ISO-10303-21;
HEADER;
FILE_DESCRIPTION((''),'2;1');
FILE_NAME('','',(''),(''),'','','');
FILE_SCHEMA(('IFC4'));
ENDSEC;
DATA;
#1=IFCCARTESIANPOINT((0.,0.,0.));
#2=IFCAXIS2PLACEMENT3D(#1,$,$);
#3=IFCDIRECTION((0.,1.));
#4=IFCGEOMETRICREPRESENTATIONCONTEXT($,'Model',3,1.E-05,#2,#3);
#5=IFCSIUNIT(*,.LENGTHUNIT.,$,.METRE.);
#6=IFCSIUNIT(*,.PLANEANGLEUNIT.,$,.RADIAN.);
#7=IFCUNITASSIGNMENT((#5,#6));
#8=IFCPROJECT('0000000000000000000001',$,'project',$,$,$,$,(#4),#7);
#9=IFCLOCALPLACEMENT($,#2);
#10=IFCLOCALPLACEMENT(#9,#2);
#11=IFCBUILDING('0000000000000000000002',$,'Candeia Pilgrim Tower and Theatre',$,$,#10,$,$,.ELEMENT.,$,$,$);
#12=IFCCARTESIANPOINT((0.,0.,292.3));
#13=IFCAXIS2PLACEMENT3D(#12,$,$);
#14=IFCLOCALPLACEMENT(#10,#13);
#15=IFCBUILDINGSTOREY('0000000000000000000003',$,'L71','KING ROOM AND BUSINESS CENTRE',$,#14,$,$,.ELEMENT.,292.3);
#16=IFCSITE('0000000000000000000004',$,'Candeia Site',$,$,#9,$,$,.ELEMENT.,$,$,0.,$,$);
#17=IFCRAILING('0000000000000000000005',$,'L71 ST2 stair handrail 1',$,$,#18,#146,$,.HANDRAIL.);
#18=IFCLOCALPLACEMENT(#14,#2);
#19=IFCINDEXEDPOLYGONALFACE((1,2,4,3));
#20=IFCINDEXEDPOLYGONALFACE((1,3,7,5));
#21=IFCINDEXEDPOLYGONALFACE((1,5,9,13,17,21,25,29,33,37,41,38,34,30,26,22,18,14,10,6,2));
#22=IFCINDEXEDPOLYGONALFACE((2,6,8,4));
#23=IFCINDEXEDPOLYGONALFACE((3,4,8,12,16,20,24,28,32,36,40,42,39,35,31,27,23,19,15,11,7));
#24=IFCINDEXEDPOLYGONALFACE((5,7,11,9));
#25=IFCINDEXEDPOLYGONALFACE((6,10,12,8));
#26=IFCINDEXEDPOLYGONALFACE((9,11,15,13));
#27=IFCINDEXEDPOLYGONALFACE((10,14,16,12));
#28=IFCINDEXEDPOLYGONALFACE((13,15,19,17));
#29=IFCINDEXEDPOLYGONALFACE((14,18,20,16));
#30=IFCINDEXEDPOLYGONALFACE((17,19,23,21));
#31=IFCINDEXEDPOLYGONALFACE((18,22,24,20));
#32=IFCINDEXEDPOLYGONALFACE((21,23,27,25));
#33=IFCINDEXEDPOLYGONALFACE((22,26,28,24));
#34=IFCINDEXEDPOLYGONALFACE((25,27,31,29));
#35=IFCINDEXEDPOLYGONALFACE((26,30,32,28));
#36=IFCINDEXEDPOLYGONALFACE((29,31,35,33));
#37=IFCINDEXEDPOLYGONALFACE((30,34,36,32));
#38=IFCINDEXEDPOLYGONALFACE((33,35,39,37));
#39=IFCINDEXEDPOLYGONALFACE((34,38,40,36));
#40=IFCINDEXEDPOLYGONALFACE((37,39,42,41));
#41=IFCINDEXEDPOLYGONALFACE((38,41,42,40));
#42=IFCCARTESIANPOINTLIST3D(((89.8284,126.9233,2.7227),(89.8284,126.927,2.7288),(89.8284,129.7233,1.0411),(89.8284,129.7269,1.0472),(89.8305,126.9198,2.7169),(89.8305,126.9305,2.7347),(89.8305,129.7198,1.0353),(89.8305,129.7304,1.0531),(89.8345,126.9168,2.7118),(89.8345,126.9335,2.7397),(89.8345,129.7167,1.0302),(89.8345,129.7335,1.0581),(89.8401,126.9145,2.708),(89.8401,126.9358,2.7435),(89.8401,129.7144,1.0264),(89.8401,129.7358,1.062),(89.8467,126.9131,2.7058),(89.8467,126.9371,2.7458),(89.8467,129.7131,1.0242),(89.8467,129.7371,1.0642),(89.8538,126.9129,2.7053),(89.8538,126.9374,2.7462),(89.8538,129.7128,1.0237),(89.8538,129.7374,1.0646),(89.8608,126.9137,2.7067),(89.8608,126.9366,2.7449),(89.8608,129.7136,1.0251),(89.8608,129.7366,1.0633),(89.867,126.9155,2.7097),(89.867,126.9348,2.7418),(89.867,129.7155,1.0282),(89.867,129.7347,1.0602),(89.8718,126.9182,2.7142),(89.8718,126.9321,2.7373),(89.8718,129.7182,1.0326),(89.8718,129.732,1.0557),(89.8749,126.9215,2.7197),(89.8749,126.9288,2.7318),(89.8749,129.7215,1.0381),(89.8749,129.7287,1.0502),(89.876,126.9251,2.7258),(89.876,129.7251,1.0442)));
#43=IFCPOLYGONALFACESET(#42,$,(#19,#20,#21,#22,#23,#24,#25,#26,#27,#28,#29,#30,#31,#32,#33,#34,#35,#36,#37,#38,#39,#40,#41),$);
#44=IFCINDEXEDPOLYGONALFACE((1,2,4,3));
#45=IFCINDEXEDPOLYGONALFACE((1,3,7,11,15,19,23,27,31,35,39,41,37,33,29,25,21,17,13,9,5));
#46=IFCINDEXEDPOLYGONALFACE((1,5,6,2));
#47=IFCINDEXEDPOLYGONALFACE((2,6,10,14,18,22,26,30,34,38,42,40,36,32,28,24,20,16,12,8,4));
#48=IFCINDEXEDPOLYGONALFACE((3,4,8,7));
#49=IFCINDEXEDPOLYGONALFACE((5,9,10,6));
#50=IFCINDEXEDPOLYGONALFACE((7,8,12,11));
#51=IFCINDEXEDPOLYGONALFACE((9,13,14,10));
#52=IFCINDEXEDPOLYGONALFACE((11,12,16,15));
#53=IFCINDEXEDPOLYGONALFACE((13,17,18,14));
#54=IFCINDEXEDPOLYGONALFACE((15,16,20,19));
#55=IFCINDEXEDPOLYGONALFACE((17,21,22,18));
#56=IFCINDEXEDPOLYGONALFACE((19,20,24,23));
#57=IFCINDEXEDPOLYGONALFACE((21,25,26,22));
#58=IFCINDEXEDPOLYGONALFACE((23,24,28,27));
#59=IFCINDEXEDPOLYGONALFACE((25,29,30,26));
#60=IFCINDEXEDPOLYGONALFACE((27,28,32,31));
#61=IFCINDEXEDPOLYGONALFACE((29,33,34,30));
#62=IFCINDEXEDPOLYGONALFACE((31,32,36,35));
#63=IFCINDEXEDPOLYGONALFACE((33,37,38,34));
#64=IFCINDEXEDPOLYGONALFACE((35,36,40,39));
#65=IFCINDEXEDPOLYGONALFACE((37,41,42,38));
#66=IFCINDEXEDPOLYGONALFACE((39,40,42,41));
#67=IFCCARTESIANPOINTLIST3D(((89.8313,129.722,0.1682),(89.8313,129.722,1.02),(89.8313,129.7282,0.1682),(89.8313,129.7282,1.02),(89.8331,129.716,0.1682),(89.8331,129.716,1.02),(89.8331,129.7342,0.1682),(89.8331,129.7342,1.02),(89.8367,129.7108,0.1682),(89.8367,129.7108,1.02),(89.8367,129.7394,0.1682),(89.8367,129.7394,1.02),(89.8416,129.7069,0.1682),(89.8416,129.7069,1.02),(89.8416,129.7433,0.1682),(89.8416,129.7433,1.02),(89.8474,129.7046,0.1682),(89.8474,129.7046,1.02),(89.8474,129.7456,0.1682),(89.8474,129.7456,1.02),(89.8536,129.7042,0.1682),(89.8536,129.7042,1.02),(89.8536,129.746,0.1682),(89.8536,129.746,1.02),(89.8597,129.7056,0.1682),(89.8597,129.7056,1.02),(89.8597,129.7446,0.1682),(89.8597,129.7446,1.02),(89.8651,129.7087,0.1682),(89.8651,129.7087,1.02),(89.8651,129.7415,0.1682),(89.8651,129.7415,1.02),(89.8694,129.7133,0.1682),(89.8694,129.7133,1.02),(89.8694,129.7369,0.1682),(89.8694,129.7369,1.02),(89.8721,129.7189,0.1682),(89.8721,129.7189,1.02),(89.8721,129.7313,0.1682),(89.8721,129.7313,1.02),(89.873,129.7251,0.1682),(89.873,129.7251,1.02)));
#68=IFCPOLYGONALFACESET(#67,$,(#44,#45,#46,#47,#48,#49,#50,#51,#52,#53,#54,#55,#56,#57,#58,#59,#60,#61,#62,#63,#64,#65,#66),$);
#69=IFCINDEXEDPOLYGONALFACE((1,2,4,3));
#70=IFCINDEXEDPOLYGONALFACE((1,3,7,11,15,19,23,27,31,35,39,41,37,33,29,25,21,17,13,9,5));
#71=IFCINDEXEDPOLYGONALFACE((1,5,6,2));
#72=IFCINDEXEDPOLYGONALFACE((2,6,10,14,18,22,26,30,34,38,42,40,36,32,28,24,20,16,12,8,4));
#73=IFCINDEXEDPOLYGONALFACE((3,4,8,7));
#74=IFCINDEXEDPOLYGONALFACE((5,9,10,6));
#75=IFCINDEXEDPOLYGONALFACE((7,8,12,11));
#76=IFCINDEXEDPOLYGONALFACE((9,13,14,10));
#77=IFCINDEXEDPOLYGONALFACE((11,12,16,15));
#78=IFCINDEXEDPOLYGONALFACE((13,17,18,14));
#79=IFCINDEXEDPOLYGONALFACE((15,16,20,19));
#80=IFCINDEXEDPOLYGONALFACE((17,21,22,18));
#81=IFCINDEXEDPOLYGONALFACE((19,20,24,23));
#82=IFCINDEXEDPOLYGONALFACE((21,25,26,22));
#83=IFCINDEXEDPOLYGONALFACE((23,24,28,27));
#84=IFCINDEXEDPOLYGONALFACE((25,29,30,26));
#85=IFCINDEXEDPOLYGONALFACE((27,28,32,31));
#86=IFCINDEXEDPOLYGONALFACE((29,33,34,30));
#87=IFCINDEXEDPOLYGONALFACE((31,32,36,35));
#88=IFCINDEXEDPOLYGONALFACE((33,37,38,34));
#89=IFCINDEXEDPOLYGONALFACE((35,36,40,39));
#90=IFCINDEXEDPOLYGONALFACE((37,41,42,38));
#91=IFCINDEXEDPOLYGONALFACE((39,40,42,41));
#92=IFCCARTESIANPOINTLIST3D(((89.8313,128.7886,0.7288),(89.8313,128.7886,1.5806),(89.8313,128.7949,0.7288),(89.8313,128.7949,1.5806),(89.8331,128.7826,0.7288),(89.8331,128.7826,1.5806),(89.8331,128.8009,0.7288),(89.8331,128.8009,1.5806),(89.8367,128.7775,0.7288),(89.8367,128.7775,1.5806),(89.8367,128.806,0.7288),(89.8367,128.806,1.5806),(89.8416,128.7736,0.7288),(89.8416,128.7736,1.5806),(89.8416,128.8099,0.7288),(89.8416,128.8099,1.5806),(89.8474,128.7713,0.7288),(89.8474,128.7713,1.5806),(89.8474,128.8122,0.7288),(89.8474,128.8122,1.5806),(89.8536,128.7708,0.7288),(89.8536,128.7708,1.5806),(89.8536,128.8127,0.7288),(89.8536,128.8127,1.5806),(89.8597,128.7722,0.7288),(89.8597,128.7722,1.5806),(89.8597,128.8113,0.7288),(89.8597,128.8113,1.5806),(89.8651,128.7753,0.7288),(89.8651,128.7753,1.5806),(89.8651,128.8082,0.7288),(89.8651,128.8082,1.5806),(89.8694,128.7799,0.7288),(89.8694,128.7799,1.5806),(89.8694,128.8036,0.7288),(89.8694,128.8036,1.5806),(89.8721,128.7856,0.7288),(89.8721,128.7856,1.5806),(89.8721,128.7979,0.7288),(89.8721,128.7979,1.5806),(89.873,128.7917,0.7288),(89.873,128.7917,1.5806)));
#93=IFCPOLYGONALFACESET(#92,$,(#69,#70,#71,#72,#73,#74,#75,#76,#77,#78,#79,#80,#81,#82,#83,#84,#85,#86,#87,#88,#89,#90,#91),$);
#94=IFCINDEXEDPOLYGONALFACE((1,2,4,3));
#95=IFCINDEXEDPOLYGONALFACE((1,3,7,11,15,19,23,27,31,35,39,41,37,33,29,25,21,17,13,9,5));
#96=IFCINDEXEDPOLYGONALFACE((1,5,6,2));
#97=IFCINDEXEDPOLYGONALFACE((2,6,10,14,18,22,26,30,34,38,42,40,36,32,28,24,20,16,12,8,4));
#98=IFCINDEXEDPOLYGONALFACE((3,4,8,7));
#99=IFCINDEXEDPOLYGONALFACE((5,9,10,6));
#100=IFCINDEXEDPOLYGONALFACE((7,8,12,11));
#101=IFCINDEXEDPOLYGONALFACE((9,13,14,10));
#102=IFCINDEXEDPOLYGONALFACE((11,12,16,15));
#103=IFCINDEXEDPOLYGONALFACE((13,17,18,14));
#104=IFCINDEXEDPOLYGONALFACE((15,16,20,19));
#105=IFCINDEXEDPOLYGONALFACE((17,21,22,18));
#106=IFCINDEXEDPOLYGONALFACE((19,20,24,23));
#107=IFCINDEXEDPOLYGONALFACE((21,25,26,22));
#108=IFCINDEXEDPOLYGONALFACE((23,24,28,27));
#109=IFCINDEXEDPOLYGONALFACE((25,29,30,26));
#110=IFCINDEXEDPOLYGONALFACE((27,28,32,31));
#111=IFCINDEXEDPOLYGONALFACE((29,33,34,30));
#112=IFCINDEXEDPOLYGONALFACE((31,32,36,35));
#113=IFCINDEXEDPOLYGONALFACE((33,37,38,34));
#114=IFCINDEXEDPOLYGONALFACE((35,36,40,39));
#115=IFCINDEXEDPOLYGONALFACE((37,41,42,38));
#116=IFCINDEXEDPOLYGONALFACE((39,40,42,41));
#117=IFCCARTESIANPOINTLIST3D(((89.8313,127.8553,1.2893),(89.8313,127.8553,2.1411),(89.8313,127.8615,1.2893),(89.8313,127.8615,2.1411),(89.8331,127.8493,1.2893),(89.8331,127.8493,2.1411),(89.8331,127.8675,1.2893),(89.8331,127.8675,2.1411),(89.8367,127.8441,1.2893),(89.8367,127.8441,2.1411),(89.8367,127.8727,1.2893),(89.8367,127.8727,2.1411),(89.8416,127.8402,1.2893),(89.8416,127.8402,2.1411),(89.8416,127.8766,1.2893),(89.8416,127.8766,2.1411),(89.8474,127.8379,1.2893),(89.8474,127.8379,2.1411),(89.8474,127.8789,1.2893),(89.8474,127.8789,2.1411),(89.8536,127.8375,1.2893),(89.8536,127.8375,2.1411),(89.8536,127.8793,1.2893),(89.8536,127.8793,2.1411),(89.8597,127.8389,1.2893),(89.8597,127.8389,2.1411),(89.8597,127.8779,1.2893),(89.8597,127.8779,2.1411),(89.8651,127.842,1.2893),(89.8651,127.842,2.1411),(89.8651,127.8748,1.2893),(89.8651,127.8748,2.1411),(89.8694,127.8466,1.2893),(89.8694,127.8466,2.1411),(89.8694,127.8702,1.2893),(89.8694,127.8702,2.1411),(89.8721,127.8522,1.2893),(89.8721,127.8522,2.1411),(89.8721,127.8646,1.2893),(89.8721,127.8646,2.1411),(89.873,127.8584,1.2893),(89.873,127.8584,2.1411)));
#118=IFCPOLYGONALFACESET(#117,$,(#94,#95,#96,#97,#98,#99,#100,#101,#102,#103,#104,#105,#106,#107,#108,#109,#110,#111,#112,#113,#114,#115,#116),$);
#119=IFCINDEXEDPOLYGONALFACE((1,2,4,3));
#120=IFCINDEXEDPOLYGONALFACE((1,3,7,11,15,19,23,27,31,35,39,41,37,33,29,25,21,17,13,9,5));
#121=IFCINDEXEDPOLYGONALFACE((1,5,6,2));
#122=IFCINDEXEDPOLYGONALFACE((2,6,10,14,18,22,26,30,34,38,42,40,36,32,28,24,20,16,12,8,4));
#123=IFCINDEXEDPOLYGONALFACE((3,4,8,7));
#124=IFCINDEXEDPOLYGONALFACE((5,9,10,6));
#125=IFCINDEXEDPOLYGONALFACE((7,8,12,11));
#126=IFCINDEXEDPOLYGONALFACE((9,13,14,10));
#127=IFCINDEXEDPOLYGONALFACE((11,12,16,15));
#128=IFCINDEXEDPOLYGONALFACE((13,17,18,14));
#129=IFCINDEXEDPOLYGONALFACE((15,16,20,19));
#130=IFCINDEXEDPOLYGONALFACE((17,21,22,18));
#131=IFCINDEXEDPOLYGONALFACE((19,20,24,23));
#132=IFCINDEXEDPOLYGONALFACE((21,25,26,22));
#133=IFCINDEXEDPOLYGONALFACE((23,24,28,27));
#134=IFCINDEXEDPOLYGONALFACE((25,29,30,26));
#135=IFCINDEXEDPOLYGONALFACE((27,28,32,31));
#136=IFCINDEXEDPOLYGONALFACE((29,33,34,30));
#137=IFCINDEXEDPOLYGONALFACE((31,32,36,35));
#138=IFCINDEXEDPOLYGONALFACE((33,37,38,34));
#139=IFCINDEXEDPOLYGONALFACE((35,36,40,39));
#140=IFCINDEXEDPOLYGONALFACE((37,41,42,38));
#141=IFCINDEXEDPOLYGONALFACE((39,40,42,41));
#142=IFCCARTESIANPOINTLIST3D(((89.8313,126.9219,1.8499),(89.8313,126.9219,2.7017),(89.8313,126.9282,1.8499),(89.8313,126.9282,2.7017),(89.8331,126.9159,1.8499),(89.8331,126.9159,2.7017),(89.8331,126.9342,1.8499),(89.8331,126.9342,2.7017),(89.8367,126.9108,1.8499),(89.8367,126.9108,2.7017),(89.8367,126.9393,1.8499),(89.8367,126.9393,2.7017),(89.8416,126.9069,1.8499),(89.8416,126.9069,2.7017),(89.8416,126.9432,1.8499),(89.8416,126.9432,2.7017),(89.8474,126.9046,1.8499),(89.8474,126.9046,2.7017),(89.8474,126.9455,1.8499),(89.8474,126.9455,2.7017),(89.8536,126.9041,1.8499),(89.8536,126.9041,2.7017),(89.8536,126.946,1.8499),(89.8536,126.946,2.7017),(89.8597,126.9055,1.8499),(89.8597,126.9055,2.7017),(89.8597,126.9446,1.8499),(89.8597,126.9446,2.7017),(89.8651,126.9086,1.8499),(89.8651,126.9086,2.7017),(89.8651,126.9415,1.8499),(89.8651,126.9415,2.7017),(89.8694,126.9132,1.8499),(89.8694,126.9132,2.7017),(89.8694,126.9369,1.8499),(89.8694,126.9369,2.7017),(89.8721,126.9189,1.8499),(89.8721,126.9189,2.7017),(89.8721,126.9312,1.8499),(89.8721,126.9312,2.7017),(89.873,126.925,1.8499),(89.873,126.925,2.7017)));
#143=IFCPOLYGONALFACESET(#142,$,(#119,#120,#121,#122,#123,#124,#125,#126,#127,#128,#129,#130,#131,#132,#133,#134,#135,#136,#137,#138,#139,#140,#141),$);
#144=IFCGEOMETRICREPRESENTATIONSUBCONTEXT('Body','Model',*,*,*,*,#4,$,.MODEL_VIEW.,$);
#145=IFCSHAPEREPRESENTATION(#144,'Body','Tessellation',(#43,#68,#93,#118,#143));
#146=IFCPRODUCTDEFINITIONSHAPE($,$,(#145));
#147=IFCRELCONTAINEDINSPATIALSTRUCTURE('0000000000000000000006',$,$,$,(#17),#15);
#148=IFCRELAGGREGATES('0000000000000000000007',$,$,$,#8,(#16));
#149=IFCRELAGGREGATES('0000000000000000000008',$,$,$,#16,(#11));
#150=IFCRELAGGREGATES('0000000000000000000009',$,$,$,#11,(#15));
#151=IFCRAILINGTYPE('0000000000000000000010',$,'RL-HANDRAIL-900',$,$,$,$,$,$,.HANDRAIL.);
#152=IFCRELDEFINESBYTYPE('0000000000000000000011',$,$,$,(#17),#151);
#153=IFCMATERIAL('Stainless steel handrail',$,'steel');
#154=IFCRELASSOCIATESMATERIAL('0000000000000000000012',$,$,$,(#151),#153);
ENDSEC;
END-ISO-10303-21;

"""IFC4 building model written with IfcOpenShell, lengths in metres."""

from ifc_helpers import new_model, si_unit, direction, frame, origin, origin_2d, place, context, subcontext, project, spatial, circle, extrude, material, type_object, element, save


model = new_model("IFC4")

# Units and contexts
model_context = context("Model", 3, precision=1e-05, world=origin(), true_north=direction((0.0, 1.0)))
body_context = subcontext(model_context, "Body", "Model", "MODEL_VIEW")
ifc_project = project(units=[si_unit("LENGTHUNIT", "METRE"), si_unit("PLANEANGLEUNIT", "RADIAN")], contexts=[model_context])

# Site, building, storey
site_placement = place(None, origin())
site = spatial("IfcSite", under=ifc_project, at=site_placement, Name="Candeia Site", CompositionType="ELEMENT", RefElevation=0.0)
building_placement = place(site_placement, origin())
building = spatial("IfcBuilding", under=site, at=building_placement, Name="Candeia Pilgrim Tower and Theatre", CompositionType="ELEMENT")
storey_placement = place(building_placement, frame((0.0, 0.0, 292.3)))
storey = spatial("IfcBuildingStorey", under=building, at=storey_placement, Name="L71", Description="KING ROOM AND BUSINESS CENTRE", CompositionType="ELEMENT", Elevation=292.3)

# Railing
ifc_material_1 = material(Name="Stainless steel handrail", Category="steel")
railing_type_1 = type_object("IfcRailingType", Name="RL-HANDRAIL-900", PredefinedType="HANDRAIL", material=ifc_material_1)
railing_1_placement = place(storey_placement, frame((89.8521, 129.7251, 0.1682)))
element("IfcRailing", 1, at=railing_1_placement, inside=storey, type_object=railing_type_1, Name="L71 ST2 stair handrail 1", PredefinedType="HANDRAIL", context=body_context, shape_type="SweptSolid", body=[
    extrude(circle(Radius=0.0239, at=origin_2d()), frame((0.0, 0.0, 0.876), z_axis=(0.0, -0.857275, 0.514858), x_axis=(1.0, 0.0, 0.0)), (0.0, 0.0, 1.0), 3.2661),
    extrude(circle(Radius=0.021, at=origin_2d()), origin(), (0.0, 0.0, 1.0), 0.8518),
    extrude(circle(Radius=0.021, at=origin_2d()), frame((0.0, -0.9333, 0.5605)), (0.0, 0.0, 1.0), 0.8518),
    extrude(circle(Radius=0.021, at=origin_2d()), frame((0.0, -1.8667, 1.1211)), (0.0, 0.0, 1.0), 0.8518),
    extrude(circle(Radius=0.021, at=origin_2d()), frame((0.0, -2.8, 1.6816)), (0.0, 0.0, 1.0), 0.8518),
])

save(model, "model.ifc")
